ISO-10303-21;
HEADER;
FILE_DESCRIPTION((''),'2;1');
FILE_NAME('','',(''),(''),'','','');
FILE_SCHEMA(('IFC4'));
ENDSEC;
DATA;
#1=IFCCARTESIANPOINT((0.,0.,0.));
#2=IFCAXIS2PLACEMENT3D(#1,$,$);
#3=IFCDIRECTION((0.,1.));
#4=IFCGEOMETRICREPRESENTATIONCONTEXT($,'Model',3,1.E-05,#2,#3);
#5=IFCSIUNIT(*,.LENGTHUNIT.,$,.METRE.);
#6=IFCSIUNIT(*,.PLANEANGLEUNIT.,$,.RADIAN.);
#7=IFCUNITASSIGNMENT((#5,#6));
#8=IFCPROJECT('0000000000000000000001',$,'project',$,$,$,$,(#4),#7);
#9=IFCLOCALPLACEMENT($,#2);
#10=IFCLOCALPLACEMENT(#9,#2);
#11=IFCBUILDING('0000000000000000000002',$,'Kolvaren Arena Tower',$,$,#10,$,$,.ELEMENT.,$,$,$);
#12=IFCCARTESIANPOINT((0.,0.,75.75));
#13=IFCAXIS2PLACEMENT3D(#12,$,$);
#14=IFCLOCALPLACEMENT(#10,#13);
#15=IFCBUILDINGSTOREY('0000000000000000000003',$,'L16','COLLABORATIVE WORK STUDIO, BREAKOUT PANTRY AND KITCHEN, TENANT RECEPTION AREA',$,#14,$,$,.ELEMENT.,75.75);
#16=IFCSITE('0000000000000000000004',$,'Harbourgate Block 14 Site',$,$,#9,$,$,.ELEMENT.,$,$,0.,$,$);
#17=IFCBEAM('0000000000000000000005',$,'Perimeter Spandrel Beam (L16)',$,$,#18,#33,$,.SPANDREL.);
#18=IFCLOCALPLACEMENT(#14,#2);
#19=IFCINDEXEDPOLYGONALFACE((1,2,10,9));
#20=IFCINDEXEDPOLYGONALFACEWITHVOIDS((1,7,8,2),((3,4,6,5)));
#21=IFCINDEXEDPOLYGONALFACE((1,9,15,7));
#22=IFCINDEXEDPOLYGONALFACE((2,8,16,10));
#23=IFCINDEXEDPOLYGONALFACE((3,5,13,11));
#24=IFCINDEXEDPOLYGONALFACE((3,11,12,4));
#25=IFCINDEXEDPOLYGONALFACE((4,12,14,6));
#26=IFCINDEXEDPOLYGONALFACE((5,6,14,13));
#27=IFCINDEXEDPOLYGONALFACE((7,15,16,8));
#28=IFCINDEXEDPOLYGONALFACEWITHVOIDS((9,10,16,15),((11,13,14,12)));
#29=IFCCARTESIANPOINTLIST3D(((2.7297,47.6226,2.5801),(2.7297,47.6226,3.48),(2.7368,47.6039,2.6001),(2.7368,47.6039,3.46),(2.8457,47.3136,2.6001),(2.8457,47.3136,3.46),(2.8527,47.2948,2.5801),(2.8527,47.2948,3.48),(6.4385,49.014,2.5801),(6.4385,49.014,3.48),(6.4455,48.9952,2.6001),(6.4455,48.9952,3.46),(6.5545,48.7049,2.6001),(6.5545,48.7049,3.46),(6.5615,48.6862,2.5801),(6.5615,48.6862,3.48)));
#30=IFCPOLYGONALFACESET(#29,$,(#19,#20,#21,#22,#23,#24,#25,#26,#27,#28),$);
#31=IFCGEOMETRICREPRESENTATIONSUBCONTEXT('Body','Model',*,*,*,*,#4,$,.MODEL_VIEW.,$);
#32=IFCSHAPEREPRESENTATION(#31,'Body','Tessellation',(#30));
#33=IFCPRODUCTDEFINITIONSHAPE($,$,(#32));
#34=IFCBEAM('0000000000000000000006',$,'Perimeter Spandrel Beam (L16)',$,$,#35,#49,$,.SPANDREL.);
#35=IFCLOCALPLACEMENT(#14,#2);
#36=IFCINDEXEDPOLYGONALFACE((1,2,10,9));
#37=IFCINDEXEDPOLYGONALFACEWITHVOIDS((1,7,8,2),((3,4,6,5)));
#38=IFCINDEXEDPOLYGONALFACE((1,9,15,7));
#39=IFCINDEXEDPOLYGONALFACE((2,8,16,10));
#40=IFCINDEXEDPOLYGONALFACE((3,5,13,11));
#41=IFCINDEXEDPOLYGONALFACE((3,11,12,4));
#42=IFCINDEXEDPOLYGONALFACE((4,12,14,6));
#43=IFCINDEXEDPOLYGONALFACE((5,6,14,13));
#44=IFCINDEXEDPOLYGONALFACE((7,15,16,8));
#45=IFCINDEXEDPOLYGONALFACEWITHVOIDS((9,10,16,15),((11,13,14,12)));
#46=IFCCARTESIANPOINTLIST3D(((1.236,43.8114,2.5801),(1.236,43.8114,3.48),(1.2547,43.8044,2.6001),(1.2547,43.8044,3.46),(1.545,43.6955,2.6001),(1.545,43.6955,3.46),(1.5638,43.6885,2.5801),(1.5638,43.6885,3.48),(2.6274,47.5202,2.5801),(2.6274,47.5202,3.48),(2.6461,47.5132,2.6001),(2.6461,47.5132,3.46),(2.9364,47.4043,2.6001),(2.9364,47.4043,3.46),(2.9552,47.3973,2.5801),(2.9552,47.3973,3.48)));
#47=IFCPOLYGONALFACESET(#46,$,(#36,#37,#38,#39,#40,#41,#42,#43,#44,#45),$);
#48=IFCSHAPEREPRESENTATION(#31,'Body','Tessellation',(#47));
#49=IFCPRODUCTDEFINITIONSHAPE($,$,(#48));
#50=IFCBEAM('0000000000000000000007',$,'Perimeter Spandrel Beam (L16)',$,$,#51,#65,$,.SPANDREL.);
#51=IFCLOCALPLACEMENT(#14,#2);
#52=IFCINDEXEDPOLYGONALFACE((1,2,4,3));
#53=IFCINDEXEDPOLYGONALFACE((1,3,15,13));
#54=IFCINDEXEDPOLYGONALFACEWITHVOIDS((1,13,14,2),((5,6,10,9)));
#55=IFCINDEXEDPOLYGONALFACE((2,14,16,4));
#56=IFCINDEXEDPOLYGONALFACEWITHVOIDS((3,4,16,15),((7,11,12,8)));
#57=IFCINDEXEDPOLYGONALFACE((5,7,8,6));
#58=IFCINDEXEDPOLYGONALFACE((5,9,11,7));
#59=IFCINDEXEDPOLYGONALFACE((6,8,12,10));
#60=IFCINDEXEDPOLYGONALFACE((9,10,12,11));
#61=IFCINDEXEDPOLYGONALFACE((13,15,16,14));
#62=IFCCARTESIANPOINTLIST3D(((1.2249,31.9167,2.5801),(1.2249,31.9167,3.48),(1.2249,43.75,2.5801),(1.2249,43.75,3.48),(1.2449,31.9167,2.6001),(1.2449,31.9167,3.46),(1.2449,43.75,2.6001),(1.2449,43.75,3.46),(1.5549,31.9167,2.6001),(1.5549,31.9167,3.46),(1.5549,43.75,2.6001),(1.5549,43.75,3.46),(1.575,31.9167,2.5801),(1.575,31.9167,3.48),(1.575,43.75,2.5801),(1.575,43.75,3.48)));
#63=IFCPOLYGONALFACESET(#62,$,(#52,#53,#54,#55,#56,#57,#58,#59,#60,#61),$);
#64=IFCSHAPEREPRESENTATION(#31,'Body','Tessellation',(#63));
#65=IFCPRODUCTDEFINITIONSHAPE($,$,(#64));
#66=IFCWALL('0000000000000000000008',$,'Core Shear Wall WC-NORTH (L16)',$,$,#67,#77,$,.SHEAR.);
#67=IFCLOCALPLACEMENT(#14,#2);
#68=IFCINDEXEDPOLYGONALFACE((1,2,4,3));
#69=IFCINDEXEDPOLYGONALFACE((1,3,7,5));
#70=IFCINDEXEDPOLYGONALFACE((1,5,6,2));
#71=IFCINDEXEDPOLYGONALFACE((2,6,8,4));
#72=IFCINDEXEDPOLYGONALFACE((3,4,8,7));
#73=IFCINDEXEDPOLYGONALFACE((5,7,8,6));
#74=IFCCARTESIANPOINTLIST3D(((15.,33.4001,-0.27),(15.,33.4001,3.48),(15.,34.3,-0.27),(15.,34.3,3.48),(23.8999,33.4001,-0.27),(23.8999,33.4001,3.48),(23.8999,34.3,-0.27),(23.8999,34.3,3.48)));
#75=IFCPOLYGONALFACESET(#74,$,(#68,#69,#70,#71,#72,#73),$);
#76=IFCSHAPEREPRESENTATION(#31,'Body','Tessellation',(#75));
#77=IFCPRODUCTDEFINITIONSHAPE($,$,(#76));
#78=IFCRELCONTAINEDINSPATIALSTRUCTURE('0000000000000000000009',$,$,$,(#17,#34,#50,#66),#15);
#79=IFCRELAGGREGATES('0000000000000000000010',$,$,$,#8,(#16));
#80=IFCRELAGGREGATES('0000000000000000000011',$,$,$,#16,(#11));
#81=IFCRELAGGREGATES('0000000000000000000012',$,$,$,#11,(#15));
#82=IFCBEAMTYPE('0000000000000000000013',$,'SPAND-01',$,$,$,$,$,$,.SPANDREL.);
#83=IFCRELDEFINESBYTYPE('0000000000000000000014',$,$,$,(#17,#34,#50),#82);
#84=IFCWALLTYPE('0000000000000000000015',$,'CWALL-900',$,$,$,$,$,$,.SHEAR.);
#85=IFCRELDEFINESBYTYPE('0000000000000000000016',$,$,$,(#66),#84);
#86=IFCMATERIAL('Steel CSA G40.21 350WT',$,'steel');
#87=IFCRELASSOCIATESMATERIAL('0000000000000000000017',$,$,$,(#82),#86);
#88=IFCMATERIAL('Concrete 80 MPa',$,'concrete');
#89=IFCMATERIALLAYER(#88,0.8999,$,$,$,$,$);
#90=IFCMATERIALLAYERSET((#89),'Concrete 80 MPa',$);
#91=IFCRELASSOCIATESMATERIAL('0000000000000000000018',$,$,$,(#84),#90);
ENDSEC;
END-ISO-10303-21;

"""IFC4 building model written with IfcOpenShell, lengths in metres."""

from ifc_helpers import new_model, si_unit, direction, frame, frame_2d, origin, origin_2d, place, context, subcontext, project, spatial, rectangle, hollow_rectangle, extrude, material, layer, layer_set, material_profile, profile_set, type_object, element, save


model = new_model("IFC4")

# Units and contexts
model_context = context("Model", 3, precision=1e-05, world=origin(), true_north=direction((0.0, 1.0)))
body_context = subcontext(model_context, "Body", "Model", "MODEL_VIEW")
ifc_project = project(units=[si_unit("LENGTHUNIT", "METRE"), si_unit("PLANEANGLEUNIT", "RADIAN")], contexts=[model_context])

# Site, building, storey
site_placement = place(None, origin())
site = spatial("IfcSite", under=ifc_project, at=site_placement, Name="Harbourgate Block 14 Site", CompositionType="ELEMENT", RefElevation=0.0)
building_placement = place(site_placement, origin())
building = spatial("IfcBuilding", under=site, at=building_placement, Name="Kolvaren Arena Tower", CompositionType="ELEMENT")
storey_placement = place(building_placement, frame((0.0, 0.0, 75.75)))
storey = spatial("IfcBuildingStorey", under=building, at=storey_placement, Name="L16", Description="COLLABORATIVE WORK STUDIO, BREAKOUT PANTRY AND KITCHEN, TENANT RECEPTION AREA", CompositionType="ELEMENT", Elevation=75.75)

# Beams
ifc_material_1 = material(Name="Steel CSA G40.21 350WT", Category="steel")
ifc_material_profile_1 = material_profile(ifc_material_1, hollow_rectangle(XDim=0.3501, YDim=0.8999, WallThickness=0.02, at=origin_2d()), Name="HSS 900x350x20")
ifc_profile_set_1 = profile_set([ifc_material_profile_1], Name="Steel CSA G40.21 350WT")
beam_type_1 = type_object("IfcBeamType", Name="SPAND-01", PredefinedType="SPANDREL", material=ifc_profile_set_1)
for number, where, z_axis, x_axis, name in (
    (1, (6.5, 48.8501, 3.03), (-0.936281, -0.351252, 0.0), (0.351252, -0.936281, 0.0), "Perimeter Spandrel Beam (L16)"),
    (2, (2.7913, 47.4587, 3.03), (-0.351252, -0.936281, 0.0), (0.936281, -0.351252, 0.0), "Perimeter Spandrel Beam (L16)"),
):
    element("IfcBeam", number, at=place(storey_placement, frame(where, z_axis=z_axis, x_axis=x_axis)), inside=storey, type_object=beam_type_1, Name=name, PredefinedType="SPANDREL", context=body_context, shape_type="SweptSolid", body=[
        extrude(hollow_rectangle(XDim=0.3501, YDim=0.8999, WallThickness=0.02, at=origin_2d()), origin(), (0.0, 0.0, 1.0), 3.9612),
    ])
beam_1_placement = place(storey_placement, frame((1.3999, 43.75, 3.03), z_axis=(0.0, -1.0, 0.0), x_axis=(1.0, 0.0, 0.0)))
element("IfcBeam", 3, at=beam_1_placement, inside=storey, type_object=beam_type_1, Name="Perimeter Spandrel Beam (L16)", PredefinedType="SPANDREL", context=body_context, shape_type="SweptSolid", body=[
    extrude(hollow_rectangle(XDim=0.3501, YDim=0.8999, WallThickness=0.02, at=origin_2d()), origin(), (0.0, 0.0, 1.0), 11.8333),
])

# Wall
ifc_material_2 = material(Name="Concrete 80 MPa", Category="concrete")
ifc_layer_1 = layer(ifc_material_2, 0.8999)
ifc_layer_set_1 = layer_set([ifc_layer_1], Name="Concrete 80 MPa")
wall_type_1 = type_object("IfcWallType", Name="CWALL-900", PredefinedType="SHEAR", material=ifc_layer_set_1)
wall_1_placement = place(storey_placement, frame((15.0, 33.8501, -0.27), z_axis=(0.0, 0.0, 1.0), x_axis=(1.0, 0.0, 0.0)))
element("IfcWall", 4, at=wall_1_placement, inside=storey, type_object=wall_type_1, Name="Core Shear Wall WC-NORTH (L16)", PredefinedType="SHEAR", context=body_context, shape_type="SweptSolid", body=[
    extrude(rectangle(XDim=8.8999, YDim=0.8999, at=frame_2d((4.45, 0.0))), origin(), (0.0, 0.0, 1.0), 3.75),
])

save(model, "model.ifc")
